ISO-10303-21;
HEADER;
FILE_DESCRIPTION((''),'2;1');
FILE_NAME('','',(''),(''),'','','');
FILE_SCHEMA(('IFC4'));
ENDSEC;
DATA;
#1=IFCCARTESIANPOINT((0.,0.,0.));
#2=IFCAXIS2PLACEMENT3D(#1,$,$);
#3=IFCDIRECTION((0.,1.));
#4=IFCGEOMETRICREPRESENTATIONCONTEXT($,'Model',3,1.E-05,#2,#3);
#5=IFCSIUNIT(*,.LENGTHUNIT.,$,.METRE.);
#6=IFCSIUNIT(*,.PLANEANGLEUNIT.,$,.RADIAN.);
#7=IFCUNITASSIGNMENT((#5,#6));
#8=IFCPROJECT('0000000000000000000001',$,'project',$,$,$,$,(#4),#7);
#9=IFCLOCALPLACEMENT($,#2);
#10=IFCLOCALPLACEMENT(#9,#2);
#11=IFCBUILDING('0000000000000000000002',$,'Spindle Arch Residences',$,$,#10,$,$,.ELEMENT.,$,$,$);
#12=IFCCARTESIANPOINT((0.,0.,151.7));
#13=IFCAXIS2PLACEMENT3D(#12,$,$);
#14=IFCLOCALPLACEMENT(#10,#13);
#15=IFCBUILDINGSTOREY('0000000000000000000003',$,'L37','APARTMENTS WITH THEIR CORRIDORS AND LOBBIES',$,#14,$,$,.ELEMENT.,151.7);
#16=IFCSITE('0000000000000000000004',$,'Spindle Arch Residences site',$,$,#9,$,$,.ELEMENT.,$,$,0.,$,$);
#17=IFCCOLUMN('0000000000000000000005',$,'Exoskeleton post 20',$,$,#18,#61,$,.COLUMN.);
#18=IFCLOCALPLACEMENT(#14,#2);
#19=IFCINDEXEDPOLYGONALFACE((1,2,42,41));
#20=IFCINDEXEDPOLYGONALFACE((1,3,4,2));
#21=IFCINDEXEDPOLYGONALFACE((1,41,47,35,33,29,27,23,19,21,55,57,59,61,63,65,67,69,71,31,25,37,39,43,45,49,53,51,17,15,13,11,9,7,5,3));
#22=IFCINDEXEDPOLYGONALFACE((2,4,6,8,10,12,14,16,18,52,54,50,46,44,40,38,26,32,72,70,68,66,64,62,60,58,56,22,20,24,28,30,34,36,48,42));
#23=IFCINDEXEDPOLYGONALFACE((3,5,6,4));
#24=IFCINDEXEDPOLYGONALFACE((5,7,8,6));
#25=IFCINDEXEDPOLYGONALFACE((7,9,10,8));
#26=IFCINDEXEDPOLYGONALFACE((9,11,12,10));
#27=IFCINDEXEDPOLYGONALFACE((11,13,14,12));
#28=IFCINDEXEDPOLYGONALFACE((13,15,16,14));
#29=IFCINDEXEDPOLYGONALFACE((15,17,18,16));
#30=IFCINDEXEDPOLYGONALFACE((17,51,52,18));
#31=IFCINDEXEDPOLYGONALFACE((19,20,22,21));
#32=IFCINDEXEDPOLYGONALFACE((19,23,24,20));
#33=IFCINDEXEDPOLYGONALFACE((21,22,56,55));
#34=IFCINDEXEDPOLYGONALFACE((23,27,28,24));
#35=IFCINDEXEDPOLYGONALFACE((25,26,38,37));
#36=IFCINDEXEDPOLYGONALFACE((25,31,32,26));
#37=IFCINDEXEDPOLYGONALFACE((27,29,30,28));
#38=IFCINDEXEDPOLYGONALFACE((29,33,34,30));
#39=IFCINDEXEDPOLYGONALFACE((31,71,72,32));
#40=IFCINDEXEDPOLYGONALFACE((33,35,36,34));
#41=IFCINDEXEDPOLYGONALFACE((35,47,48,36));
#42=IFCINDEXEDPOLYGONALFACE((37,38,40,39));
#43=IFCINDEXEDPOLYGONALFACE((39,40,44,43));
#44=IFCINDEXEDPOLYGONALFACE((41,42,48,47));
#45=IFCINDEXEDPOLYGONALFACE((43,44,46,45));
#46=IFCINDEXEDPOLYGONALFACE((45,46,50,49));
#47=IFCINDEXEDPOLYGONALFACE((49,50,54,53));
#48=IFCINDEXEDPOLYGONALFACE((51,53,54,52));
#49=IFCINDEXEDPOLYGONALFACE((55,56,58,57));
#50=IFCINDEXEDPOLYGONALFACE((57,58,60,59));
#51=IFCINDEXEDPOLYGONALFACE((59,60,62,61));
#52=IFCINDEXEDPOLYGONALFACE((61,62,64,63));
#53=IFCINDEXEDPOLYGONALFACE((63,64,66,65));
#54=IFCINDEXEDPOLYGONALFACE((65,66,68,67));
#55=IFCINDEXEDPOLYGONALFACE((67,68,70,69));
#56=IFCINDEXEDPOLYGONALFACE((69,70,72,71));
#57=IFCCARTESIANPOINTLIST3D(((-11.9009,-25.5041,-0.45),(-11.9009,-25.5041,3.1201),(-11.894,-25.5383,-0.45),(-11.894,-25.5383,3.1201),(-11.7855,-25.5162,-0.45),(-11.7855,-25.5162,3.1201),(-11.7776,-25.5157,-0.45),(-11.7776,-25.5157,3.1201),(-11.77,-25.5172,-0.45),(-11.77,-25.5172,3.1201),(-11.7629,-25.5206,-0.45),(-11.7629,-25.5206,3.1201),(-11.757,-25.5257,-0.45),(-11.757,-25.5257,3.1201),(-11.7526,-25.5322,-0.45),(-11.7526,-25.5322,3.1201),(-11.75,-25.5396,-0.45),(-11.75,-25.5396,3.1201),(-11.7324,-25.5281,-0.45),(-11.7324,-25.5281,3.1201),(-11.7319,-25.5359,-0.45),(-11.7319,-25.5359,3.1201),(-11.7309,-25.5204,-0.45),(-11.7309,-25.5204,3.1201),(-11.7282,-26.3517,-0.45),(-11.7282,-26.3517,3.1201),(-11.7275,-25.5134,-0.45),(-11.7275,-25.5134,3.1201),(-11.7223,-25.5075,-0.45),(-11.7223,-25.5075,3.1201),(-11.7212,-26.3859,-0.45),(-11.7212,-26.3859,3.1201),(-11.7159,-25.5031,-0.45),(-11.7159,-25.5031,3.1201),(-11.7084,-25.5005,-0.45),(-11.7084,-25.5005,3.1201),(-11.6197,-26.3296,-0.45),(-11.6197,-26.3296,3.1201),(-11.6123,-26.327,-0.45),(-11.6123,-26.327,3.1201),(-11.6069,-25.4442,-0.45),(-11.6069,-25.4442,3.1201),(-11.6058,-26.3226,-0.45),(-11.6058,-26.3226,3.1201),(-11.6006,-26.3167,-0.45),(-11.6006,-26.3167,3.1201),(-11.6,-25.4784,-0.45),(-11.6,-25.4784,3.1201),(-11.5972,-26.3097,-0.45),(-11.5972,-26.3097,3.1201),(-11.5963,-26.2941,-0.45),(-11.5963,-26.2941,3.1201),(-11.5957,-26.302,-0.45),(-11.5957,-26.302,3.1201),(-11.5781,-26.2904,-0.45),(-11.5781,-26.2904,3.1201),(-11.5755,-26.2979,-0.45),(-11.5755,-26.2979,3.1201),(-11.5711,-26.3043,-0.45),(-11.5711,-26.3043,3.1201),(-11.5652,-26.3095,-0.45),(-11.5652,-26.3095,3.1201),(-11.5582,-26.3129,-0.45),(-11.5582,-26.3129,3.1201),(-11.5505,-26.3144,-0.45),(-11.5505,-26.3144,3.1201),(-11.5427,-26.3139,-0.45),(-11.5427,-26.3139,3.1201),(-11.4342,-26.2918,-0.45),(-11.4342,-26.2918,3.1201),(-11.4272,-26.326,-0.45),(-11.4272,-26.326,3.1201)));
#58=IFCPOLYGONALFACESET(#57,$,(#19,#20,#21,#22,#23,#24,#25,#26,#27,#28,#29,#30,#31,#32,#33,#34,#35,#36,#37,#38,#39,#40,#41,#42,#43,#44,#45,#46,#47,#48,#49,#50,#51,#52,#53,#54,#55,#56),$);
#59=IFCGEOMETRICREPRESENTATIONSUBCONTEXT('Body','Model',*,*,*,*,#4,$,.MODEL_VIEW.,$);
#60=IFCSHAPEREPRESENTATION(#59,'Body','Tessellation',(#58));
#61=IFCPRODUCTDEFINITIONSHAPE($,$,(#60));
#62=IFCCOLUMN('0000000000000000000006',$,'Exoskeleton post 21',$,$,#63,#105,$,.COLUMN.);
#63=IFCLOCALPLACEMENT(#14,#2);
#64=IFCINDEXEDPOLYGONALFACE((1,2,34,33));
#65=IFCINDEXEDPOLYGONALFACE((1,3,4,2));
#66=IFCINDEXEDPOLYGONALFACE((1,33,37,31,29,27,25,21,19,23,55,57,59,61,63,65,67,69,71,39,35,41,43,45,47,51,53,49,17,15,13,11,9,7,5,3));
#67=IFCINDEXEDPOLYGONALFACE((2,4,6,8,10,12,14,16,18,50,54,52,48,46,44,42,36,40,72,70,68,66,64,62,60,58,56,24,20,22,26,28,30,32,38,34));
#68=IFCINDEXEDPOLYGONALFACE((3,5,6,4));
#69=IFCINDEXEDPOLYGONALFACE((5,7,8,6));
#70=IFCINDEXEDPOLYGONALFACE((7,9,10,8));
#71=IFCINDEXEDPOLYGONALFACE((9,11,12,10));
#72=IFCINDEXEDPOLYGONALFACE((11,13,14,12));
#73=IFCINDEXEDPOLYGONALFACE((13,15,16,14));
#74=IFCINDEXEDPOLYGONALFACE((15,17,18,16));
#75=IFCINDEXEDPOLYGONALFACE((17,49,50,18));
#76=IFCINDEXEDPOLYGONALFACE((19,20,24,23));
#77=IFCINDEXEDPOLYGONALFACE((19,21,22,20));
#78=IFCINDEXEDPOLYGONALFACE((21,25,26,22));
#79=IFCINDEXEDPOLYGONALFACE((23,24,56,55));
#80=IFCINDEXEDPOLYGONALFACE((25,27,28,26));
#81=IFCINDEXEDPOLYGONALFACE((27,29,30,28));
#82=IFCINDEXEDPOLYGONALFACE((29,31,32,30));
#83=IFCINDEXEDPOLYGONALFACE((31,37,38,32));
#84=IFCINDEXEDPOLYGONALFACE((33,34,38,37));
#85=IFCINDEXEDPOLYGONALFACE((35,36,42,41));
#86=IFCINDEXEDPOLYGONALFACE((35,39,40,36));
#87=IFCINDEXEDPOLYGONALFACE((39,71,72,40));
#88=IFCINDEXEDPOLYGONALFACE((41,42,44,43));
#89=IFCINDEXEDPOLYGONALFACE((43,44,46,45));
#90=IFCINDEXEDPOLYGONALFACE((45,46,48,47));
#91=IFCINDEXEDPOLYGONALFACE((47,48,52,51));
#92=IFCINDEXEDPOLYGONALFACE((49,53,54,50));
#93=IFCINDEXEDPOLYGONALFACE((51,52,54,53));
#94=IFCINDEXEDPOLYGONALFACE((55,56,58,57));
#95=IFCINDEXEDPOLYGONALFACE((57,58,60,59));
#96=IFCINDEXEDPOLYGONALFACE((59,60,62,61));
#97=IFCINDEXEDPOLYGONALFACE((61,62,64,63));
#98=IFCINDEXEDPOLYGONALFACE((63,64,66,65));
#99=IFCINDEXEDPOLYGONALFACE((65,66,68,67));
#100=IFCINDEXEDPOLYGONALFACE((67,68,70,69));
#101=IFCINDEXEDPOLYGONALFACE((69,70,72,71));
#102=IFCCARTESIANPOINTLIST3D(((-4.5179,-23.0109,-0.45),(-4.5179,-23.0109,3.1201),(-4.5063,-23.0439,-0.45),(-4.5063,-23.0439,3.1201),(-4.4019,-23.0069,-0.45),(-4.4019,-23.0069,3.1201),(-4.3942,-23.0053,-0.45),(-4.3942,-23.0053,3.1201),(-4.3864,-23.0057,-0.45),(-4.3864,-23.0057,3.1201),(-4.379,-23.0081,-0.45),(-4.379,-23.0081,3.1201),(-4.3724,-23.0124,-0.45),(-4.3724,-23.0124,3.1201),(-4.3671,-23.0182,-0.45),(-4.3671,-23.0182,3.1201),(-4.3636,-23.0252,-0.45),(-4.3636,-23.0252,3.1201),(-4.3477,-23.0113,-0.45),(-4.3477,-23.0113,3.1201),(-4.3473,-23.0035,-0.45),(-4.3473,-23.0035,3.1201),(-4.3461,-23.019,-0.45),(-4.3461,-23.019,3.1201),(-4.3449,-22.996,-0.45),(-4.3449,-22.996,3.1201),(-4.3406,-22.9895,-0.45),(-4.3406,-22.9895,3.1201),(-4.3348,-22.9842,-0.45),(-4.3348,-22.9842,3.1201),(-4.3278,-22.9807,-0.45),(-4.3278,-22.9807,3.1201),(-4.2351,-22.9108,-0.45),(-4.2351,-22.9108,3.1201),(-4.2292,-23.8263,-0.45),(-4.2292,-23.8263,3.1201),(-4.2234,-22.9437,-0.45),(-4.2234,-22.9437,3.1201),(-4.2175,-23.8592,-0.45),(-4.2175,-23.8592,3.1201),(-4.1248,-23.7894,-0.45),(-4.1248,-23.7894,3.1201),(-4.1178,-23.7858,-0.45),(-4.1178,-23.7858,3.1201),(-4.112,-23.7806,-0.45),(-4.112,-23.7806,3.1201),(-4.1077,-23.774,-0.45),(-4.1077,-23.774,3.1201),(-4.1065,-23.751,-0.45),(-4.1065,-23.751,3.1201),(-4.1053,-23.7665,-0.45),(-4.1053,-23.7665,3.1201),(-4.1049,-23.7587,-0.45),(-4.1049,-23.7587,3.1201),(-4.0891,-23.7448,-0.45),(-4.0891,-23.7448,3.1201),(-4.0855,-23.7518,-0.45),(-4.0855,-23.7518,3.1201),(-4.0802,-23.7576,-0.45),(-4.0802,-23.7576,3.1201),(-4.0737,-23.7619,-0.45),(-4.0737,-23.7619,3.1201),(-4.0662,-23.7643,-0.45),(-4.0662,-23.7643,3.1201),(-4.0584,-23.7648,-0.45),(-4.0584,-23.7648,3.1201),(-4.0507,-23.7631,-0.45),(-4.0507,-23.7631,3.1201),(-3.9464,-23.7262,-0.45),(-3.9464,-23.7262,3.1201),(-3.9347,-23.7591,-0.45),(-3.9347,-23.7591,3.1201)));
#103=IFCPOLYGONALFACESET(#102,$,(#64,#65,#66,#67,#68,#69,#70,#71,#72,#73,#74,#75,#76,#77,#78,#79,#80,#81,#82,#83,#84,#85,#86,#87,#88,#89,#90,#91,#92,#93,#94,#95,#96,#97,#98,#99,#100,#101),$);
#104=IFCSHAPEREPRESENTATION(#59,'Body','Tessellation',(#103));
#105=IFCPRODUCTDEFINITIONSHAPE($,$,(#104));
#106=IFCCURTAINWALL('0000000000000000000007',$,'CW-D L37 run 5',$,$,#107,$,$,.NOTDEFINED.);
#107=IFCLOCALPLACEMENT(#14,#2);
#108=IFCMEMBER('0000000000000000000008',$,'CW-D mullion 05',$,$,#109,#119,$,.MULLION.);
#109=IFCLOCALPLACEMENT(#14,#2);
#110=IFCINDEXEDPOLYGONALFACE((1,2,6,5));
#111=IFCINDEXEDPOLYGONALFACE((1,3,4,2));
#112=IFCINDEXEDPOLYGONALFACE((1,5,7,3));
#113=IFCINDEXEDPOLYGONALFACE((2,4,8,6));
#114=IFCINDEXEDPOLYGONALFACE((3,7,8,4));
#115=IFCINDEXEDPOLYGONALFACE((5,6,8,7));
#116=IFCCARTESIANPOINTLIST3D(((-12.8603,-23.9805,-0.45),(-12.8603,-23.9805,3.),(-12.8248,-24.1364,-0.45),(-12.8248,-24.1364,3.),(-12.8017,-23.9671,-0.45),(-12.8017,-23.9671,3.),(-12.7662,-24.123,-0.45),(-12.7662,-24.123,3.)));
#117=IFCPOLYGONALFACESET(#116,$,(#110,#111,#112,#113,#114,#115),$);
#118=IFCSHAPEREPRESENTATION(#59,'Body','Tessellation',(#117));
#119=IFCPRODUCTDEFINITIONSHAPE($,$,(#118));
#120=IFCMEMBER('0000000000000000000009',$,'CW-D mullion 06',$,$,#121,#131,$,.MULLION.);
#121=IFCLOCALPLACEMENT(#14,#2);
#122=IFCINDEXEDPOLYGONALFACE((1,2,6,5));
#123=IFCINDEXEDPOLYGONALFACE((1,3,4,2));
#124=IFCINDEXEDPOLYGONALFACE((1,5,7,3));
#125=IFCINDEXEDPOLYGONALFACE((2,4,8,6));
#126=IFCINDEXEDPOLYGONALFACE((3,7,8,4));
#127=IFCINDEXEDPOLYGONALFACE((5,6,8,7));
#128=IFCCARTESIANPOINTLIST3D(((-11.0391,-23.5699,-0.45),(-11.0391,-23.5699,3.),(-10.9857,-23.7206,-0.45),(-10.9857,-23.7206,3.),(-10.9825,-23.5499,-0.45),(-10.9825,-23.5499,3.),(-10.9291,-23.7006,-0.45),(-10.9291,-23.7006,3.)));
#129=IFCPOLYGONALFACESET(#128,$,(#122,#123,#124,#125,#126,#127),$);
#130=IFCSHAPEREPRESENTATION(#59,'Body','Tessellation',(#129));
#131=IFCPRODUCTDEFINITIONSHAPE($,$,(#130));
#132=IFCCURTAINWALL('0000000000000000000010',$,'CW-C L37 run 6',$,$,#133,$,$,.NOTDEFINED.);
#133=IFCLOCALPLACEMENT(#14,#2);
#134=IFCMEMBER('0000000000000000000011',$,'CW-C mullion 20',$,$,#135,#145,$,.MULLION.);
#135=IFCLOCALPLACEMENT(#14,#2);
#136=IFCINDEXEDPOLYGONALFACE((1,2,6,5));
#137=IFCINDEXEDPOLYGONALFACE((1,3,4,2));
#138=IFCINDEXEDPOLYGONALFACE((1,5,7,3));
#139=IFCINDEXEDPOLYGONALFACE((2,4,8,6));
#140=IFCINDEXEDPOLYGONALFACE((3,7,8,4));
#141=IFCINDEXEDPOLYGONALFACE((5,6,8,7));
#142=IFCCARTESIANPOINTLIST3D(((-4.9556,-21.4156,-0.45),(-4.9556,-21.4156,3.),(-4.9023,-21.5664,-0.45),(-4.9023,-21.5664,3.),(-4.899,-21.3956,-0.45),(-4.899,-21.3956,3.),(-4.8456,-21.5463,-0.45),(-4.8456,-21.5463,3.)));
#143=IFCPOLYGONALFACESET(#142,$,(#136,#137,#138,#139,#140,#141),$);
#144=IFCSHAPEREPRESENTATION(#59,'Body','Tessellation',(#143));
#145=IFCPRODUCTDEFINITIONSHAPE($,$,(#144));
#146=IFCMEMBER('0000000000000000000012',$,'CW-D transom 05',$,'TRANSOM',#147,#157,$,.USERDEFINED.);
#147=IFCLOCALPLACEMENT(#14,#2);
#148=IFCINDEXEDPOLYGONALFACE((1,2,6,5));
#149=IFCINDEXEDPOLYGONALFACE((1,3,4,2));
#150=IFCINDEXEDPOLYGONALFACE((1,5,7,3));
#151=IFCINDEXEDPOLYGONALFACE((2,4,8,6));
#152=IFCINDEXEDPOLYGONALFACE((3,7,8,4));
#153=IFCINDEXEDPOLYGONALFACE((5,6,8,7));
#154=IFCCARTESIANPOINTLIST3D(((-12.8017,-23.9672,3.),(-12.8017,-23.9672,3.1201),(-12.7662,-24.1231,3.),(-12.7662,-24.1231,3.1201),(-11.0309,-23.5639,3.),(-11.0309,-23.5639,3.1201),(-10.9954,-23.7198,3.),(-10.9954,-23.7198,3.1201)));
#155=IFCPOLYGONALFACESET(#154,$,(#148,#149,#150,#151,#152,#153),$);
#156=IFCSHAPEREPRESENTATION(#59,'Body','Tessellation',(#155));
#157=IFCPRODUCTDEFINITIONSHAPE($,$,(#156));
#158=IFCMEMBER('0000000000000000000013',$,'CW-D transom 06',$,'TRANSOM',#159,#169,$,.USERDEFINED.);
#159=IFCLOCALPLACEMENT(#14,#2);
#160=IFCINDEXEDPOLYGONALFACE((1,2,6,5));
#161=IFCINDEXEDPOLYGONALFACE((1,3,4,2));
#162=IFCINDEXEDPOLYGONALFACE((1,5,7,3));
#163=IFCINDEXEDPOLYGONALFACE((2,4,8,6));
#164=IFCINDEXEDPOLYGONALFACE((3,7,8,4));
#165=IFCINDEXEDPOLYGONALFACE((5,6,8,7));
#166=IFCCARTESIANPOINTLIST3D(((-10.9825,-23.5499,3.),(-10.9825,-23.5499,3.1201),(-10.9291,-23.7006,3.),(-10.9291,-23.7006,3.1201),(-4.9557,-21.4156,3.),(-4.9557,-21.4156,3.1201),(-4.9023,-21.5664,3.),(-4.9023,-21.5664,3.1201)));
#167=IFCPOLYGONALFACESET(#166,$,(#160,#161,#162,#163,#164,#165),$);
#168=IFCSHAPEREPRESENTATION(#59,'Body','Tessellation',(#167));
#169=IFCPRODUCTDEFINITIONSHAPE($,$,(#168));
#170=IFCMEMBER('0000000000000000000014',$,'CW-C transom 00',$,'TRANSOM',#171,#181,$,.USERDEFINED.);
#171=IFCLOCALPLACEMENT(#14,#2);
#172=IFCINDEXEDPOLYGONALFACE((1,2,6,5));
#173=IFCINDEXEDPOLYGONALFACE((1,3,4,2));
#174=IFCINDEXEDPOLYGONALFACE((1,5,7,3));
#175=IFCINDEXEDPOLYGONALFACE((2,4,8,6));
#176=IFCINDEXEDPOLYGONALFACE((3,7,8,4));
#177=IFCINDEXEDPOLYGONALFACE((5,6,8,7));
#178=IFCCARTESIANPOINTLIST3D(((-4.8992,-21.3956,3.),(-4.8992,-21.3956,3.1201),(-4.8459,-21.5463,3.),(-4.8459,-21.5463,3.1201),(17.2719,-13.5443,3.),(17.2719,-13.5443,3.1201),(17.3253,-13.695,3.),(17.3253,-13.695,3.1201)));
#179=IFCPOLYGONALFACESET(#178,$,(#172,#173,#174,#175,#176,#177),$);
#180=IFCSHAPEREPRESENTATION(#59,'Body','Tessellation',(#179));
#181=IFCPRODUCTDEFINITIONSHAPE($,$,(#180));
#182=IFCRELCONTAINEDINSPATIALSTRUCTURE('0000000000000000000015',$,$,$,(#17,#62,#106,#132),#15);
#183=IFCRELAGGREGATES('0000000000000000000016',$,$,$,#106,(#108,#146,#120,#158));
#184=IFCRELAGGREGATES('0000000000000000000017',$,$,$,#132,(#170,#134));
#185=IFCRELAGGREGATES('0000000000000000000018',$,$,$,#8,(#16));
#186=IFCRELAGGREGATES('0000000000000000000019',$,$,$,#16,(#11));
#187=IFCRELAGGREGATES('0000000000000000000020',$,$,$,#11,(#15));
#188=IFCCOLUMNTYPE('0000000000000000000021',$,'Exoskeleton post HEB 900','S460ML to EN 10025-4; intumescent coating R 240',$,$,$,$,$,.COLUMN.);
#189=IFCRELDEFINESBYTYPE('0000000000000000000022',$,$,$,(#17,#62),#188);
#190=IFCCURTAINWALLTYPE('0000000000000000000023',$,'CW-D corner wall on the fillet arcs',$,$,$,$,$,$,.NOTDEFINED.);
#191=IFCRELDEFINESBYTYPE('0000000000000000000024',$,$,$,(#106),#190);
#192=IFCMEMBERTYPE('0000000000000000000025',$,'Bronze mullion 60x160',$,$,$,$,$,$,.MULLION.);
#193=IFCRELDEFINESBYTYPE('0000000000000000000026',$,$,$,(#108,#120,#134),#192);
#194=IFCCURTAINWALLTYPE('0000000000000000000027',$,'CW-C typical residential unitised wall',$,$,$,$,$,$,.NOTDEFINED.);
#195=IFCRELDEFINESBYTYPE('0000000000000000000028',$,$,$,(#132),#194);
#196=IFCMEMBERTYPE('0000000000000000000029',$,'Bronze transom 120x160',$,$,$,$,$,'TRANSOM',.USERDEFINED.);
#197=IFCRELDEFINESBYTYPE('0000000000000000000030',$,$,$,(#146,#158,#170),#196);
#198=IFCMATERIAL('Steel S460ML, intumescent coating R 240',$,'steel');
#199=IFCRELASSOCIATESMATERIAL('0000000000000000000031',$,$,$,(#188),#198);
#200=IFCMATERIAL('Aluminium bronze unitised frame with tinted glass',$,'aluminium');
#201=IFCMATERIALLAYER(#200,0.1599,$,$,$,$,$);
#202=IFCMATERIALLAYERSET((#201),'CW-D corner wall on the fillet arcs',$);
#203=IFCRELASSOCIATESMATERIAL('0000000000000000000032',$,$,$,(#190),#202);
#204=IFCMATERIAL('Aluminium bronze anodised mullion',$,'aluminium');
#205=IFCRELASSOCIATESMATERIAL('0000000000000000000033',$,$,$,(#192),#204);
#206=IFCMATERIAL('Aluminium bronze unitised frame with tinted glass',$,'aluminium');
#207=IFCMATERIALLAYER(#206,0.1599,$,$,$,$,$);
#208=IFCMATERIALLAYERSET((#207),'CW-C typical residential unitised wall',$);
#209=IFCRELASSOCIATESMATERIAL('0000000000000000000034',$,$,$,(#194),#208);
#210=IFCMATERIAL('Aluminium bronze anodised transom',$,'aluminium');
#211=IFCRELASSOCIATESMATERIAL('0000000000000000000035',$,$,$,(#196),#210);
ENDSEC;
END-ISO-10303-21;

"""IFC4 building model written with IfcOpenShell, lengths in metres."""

from ifc_helpers import new_model, si_unit, direction, frame, origin, origin_2d, place, context, subcontext, project, spatial, rectangle, i_section, extrude, material, layer, layer_set, material_profile, profile_set, type_object, element, aggregate, save


model = new_model("IFC4")

# Units and contexts
model_context = context("Model", 3, precision=1e-05, world=origin(), true_north=direction((0.0, 1.0)))
body_context = subcontext(model_context, "Body", "Model", "MODEL_VIEW")
ifc_project = project(units=[si_unit("LENGTHUNIT", "METRE"), si_unit("PLANEANGLEUNIT", "RADIAN")], contexts=[model_context])

# Site, building, storey
site_placement = place(None, origin())
site = spatial("IfcSite", under=ifc_project, at=site_placement, Name="Spindle Arch Residences site", CompositionType="ELEMENT", RefElevation=0.0)
building_placement = place(site_placement, origin())
building = spatial("IfcBuilding", under=site, at=building_placement, Name="Spindle Arch Residences", CompositionType="ELEMENT")
storey_placement = place(building_placement, frame((0.0, 0.0, 151.7)))
storey = spatial("IfcBuildingStorey", under=building, at=storey_placement, Name="L37", Description="APARTMENTS WITH THEIR CORRIDORS AND LOBBIES", CompositionType="ELEMENT", Elevation=151.7)

# Columns
ifc_material_1 = material(Name="Steel S460ML, intumescent coating R 240", Category="steel")
ifc_material_profile_1 = material_profile(ifc_material_1, i_section(OverallWidth=0.3, OverallDepth=0.8999, WebThickness=0.0186, FlangeThickness=0.0349, FilletRadius=0.03, at=origin_2d()), Name="HEB 900")
ifc_profile_set_1 = profile_set([ifc_material_profile_1], Name="Steel S460ML, intumescent coating R 240")
column_type = type_object("IfcColumnType", Name="Exoskeleton post HEB 900", Description="S460ML to EN 10025-4; intumescent coating R 240", PredefinedType="COLUMN", material=ifc_profile_set_1)
for number, where, z_axis, x_axis, name in (
    (1, (-11.6641, -25.915, -0.45), (0.0, 0.0, 1.0), (-0.979853, -0.199719, 0.0), "Exoskeleton post 20"),
    (2, (-4.2263, -23.385, -0.45), (0.0, 0.0, 1.0), (-0.942641, -0.333807, 0.0), "Exoskeleton post 21"),
):
    element("IfcColumn", number, at=place(storey_placement, frame(where, z_axis=z_axis, x_axis=x_axis)), inside=storey, type_object=column_type, Name=name, PredefinedType="COLUMN", context=body_context, shape_type="SweptSolid", body=[
        extrude(i_section(OverallWidth=0.3, OverallDepth=0.8999, WebThickness=0.0186, FlangeThickness=0.0349, FilletRadius=0.03, at=origin_2d()), origin(), (0.0, 0.0, 1.0), 3.5701),
    ])

# Curtain wall, members
ifc_material_2 = material(Name="Aluminium bronze unitised frame with tinted glass", Category="aluminium")
ifc_layer_1 = layer(ifc_material_2, 0.1599)
ifc_layer_set_1 = layer_set([ifc_layer_1], Name="CW-D corner wall on the fillet arcs")
curtain_wall_type_1 = type_object("IfcCurtainWallType", Name="CW-D corner wall on the fillet arcs", PredefinedType="NOTDEFINED", material=ifc_layer_set_1)
curtain_wall_1_placement = place(storey_placement, origin())
curtain_wall_1 = element("IfcCurtainWall", 3, at=curtain_wall_1_placement, inside=storey, type_object=curtain_wall_type_1, Name="CW-D L37 run 5", PredefinedType="NOTDEFINED")
ifc_material_3 = material(Name="Aluminium bronze anodised mullion", Category="aluminium")
ifc_material_profile_2 = material_profile(ifc_material_3, rectangle(XDim=0.1599, YDim=0.0601, at=origin_2d()), Name="MU 60x160")
ifc_profile_set_2 = profile_set([ifc_material_profile_2], Name="Aluminium bronze anodised mullion")
member_type_1 = type_object("IfcMemberType", Name="Bronze mullion 60x160", PredefinedType="MULLION", material=ifc_profile_set_2)
member_1_placement = place(storey_placement, frame((-12.8132, -24.0518, -0.45), z_axis=(0.0, 0.0, 1.0), x_axis=(-0.222116, 0.97502, 0.0)))
member_1 = element("IfcMember", 4, at=member_1_placement, type_object=member_type_1, Name="CW-D mullion 05", PredefinedType="MULLION", context=body_context, shape_type="SweptSolid", body=[
    extrude(rectangle(XDim=0.1599, YDim=0.0601, at=origin_2d()), origin(), (0.0, 0.0, 1.0), 3.45),
])
member_2_placement = place(storey_placement, frame((-10.9841, -23.6353, -0.45), z_axis=(0.0, 0.0, 1.0), x_axis=(-0.333807, 0.942641, 0.0)))
member_2 = element("IfcMember", 5, at=member_2_placement, type_object=member_type_1, Name="CW-D mullion 06", PredefinedType="MULLION", context=body_context, shape_type="SweptSolid", body=[
    extrude(rectangle(XDim=0.1599, YDim=0.0601, at=origin_2d()), origin(), (0.0, 0.0, 1.0), 3.45),
])

# Curtain wall, member
ifc_material_4 = material(Name="Aluminium bronze unitised frame with tinted glass", Category="aluminium")
ifc_layer_2 = layer(ifc_material_4, 0.1599)
ifc_layer_set_2 = layer_set([ifc_layer_2], Name="CW-C typical residential unitised wall")
curtain_wall_type_2 = type_object("IfcCurtainWallType", Name="CW-C typical residential unitised wall", PredefinedType="NOTDEFINED", material=ifc_layer_set_2)
curtain_wall_2_placement = place(storey_placement, origin())
curtain_wall_2 = element("IfcCurtainWall", 6, at=curtain_wall_2_placement, inside=storey, type_object=curtain_wall_type_2, Name="CW-C L37 run 6", PredefinedType="NOTDEFINED")
member_3_placement = place(storey_placement, frame((-4.9006, -21.481, -0.45), z_axis=(0.0, 0.0, 1.0), x_axis=(-0.333807, 0.942641, 0.0)))
member_3 = element("IfcMember", 7, at=member_3_placement, type_object=member_type_1, Name="CW-C mullion 20", PredefinedType="MULLION", context=body_context, shape_type="SweptSolid", body=[
    extrude(rectangle(XDim=0.1599, YDim=0.0601, at=origin_2d()), origin(), (0.0, 0.0, 1.0), 3.45),
])

# Members
ifc_material_5 = material(Name="Aluminium bronze anodised transom", Category="aluminium")
ifc_material_profile_3 = material_profile(ifc_material_5, rectangle(XDim=0.1599, YDim=0.1201, at=origin_2d()), Name="TR 120x160")
ifc_profile_set_3 = profile_set([ifc_material_profile_3], Name="Aluminium bronze anodised transom")
member_type_2 = type_object("IfcMemberType", Name="Bronze transom 120x160", ElementType="TRANSOM", PredefinedType="USERDEFINED", material=ifc_profile_set_3)
member_4_placement = place(storey_placement, frame((-12.7839, -24.0452, 3.0601), z_axis=(0.975028, 0.22208, 0.0), x_axis=(-0.22208, 0.975028, 0.0)))
member_4 = element("IfcMember", 8, at=member_4_placement, type_object=member_type_2, Name="CW-D transom 05", ObjectType="TRANSOM", PredefinedType="USERDEFINED", context=body_context, shape_type="SweptSolid", body=[
    extrude(rectangle(XDim=0.1599, YDim=0.1201, at=origin_2d()), origin(), (0.0, 0.0, 1.0), 1.8162),
])
member_5_placement = place(storey_placement, frame((-10.9558, -23.6252, 3.0601), z_axis=(0.942639, 0.333815, 0.0), x_axis=(-0.333815, 0.942639, 0.0)))
member_5 = element("IfcMember", 9, at=member_5_placement, type_object=member_type_2, Name="CW-D transom 06", ObjectType="TRANSOM", PredefinedType="USERDEFINED", context=body_context, shape_type="SweptSolid", body=[
    extrude(rectangle(XDim=0.1599, YDim=0.1201, at=origin_2d()), origin(), (0.0, 0.0, 1.0), 6.3936),
])
member_6_placement = place(storey_placement, frame((-4.8726, -21.4709, 3.0601), z_axis=(0.94264, 0.333811, 0.0), x_axis=(-0.333811, 0.94264, 0.0)))
member_6 = element("IfcMember", 10, at=member_6_placement, type_object=member_type_2, Name="CW-C transom 00", ObjectType="TRANSOM", PredefinedType="USERDEFINED", context=body_context, shape_type="SweptSolid", body=[
    extrude(rectangle(XDim=0.1599, YDim=0.1201, at=origin_2d()), origin(), (0.0, 0.0, 1.0), 23.5203),
])

aggregate(curtain_wall_1, [member_1, member_4, member_2, member_5])
aggregate(curtain_wall_2, [member_6, member_3])

save(model, "model.ifc")
